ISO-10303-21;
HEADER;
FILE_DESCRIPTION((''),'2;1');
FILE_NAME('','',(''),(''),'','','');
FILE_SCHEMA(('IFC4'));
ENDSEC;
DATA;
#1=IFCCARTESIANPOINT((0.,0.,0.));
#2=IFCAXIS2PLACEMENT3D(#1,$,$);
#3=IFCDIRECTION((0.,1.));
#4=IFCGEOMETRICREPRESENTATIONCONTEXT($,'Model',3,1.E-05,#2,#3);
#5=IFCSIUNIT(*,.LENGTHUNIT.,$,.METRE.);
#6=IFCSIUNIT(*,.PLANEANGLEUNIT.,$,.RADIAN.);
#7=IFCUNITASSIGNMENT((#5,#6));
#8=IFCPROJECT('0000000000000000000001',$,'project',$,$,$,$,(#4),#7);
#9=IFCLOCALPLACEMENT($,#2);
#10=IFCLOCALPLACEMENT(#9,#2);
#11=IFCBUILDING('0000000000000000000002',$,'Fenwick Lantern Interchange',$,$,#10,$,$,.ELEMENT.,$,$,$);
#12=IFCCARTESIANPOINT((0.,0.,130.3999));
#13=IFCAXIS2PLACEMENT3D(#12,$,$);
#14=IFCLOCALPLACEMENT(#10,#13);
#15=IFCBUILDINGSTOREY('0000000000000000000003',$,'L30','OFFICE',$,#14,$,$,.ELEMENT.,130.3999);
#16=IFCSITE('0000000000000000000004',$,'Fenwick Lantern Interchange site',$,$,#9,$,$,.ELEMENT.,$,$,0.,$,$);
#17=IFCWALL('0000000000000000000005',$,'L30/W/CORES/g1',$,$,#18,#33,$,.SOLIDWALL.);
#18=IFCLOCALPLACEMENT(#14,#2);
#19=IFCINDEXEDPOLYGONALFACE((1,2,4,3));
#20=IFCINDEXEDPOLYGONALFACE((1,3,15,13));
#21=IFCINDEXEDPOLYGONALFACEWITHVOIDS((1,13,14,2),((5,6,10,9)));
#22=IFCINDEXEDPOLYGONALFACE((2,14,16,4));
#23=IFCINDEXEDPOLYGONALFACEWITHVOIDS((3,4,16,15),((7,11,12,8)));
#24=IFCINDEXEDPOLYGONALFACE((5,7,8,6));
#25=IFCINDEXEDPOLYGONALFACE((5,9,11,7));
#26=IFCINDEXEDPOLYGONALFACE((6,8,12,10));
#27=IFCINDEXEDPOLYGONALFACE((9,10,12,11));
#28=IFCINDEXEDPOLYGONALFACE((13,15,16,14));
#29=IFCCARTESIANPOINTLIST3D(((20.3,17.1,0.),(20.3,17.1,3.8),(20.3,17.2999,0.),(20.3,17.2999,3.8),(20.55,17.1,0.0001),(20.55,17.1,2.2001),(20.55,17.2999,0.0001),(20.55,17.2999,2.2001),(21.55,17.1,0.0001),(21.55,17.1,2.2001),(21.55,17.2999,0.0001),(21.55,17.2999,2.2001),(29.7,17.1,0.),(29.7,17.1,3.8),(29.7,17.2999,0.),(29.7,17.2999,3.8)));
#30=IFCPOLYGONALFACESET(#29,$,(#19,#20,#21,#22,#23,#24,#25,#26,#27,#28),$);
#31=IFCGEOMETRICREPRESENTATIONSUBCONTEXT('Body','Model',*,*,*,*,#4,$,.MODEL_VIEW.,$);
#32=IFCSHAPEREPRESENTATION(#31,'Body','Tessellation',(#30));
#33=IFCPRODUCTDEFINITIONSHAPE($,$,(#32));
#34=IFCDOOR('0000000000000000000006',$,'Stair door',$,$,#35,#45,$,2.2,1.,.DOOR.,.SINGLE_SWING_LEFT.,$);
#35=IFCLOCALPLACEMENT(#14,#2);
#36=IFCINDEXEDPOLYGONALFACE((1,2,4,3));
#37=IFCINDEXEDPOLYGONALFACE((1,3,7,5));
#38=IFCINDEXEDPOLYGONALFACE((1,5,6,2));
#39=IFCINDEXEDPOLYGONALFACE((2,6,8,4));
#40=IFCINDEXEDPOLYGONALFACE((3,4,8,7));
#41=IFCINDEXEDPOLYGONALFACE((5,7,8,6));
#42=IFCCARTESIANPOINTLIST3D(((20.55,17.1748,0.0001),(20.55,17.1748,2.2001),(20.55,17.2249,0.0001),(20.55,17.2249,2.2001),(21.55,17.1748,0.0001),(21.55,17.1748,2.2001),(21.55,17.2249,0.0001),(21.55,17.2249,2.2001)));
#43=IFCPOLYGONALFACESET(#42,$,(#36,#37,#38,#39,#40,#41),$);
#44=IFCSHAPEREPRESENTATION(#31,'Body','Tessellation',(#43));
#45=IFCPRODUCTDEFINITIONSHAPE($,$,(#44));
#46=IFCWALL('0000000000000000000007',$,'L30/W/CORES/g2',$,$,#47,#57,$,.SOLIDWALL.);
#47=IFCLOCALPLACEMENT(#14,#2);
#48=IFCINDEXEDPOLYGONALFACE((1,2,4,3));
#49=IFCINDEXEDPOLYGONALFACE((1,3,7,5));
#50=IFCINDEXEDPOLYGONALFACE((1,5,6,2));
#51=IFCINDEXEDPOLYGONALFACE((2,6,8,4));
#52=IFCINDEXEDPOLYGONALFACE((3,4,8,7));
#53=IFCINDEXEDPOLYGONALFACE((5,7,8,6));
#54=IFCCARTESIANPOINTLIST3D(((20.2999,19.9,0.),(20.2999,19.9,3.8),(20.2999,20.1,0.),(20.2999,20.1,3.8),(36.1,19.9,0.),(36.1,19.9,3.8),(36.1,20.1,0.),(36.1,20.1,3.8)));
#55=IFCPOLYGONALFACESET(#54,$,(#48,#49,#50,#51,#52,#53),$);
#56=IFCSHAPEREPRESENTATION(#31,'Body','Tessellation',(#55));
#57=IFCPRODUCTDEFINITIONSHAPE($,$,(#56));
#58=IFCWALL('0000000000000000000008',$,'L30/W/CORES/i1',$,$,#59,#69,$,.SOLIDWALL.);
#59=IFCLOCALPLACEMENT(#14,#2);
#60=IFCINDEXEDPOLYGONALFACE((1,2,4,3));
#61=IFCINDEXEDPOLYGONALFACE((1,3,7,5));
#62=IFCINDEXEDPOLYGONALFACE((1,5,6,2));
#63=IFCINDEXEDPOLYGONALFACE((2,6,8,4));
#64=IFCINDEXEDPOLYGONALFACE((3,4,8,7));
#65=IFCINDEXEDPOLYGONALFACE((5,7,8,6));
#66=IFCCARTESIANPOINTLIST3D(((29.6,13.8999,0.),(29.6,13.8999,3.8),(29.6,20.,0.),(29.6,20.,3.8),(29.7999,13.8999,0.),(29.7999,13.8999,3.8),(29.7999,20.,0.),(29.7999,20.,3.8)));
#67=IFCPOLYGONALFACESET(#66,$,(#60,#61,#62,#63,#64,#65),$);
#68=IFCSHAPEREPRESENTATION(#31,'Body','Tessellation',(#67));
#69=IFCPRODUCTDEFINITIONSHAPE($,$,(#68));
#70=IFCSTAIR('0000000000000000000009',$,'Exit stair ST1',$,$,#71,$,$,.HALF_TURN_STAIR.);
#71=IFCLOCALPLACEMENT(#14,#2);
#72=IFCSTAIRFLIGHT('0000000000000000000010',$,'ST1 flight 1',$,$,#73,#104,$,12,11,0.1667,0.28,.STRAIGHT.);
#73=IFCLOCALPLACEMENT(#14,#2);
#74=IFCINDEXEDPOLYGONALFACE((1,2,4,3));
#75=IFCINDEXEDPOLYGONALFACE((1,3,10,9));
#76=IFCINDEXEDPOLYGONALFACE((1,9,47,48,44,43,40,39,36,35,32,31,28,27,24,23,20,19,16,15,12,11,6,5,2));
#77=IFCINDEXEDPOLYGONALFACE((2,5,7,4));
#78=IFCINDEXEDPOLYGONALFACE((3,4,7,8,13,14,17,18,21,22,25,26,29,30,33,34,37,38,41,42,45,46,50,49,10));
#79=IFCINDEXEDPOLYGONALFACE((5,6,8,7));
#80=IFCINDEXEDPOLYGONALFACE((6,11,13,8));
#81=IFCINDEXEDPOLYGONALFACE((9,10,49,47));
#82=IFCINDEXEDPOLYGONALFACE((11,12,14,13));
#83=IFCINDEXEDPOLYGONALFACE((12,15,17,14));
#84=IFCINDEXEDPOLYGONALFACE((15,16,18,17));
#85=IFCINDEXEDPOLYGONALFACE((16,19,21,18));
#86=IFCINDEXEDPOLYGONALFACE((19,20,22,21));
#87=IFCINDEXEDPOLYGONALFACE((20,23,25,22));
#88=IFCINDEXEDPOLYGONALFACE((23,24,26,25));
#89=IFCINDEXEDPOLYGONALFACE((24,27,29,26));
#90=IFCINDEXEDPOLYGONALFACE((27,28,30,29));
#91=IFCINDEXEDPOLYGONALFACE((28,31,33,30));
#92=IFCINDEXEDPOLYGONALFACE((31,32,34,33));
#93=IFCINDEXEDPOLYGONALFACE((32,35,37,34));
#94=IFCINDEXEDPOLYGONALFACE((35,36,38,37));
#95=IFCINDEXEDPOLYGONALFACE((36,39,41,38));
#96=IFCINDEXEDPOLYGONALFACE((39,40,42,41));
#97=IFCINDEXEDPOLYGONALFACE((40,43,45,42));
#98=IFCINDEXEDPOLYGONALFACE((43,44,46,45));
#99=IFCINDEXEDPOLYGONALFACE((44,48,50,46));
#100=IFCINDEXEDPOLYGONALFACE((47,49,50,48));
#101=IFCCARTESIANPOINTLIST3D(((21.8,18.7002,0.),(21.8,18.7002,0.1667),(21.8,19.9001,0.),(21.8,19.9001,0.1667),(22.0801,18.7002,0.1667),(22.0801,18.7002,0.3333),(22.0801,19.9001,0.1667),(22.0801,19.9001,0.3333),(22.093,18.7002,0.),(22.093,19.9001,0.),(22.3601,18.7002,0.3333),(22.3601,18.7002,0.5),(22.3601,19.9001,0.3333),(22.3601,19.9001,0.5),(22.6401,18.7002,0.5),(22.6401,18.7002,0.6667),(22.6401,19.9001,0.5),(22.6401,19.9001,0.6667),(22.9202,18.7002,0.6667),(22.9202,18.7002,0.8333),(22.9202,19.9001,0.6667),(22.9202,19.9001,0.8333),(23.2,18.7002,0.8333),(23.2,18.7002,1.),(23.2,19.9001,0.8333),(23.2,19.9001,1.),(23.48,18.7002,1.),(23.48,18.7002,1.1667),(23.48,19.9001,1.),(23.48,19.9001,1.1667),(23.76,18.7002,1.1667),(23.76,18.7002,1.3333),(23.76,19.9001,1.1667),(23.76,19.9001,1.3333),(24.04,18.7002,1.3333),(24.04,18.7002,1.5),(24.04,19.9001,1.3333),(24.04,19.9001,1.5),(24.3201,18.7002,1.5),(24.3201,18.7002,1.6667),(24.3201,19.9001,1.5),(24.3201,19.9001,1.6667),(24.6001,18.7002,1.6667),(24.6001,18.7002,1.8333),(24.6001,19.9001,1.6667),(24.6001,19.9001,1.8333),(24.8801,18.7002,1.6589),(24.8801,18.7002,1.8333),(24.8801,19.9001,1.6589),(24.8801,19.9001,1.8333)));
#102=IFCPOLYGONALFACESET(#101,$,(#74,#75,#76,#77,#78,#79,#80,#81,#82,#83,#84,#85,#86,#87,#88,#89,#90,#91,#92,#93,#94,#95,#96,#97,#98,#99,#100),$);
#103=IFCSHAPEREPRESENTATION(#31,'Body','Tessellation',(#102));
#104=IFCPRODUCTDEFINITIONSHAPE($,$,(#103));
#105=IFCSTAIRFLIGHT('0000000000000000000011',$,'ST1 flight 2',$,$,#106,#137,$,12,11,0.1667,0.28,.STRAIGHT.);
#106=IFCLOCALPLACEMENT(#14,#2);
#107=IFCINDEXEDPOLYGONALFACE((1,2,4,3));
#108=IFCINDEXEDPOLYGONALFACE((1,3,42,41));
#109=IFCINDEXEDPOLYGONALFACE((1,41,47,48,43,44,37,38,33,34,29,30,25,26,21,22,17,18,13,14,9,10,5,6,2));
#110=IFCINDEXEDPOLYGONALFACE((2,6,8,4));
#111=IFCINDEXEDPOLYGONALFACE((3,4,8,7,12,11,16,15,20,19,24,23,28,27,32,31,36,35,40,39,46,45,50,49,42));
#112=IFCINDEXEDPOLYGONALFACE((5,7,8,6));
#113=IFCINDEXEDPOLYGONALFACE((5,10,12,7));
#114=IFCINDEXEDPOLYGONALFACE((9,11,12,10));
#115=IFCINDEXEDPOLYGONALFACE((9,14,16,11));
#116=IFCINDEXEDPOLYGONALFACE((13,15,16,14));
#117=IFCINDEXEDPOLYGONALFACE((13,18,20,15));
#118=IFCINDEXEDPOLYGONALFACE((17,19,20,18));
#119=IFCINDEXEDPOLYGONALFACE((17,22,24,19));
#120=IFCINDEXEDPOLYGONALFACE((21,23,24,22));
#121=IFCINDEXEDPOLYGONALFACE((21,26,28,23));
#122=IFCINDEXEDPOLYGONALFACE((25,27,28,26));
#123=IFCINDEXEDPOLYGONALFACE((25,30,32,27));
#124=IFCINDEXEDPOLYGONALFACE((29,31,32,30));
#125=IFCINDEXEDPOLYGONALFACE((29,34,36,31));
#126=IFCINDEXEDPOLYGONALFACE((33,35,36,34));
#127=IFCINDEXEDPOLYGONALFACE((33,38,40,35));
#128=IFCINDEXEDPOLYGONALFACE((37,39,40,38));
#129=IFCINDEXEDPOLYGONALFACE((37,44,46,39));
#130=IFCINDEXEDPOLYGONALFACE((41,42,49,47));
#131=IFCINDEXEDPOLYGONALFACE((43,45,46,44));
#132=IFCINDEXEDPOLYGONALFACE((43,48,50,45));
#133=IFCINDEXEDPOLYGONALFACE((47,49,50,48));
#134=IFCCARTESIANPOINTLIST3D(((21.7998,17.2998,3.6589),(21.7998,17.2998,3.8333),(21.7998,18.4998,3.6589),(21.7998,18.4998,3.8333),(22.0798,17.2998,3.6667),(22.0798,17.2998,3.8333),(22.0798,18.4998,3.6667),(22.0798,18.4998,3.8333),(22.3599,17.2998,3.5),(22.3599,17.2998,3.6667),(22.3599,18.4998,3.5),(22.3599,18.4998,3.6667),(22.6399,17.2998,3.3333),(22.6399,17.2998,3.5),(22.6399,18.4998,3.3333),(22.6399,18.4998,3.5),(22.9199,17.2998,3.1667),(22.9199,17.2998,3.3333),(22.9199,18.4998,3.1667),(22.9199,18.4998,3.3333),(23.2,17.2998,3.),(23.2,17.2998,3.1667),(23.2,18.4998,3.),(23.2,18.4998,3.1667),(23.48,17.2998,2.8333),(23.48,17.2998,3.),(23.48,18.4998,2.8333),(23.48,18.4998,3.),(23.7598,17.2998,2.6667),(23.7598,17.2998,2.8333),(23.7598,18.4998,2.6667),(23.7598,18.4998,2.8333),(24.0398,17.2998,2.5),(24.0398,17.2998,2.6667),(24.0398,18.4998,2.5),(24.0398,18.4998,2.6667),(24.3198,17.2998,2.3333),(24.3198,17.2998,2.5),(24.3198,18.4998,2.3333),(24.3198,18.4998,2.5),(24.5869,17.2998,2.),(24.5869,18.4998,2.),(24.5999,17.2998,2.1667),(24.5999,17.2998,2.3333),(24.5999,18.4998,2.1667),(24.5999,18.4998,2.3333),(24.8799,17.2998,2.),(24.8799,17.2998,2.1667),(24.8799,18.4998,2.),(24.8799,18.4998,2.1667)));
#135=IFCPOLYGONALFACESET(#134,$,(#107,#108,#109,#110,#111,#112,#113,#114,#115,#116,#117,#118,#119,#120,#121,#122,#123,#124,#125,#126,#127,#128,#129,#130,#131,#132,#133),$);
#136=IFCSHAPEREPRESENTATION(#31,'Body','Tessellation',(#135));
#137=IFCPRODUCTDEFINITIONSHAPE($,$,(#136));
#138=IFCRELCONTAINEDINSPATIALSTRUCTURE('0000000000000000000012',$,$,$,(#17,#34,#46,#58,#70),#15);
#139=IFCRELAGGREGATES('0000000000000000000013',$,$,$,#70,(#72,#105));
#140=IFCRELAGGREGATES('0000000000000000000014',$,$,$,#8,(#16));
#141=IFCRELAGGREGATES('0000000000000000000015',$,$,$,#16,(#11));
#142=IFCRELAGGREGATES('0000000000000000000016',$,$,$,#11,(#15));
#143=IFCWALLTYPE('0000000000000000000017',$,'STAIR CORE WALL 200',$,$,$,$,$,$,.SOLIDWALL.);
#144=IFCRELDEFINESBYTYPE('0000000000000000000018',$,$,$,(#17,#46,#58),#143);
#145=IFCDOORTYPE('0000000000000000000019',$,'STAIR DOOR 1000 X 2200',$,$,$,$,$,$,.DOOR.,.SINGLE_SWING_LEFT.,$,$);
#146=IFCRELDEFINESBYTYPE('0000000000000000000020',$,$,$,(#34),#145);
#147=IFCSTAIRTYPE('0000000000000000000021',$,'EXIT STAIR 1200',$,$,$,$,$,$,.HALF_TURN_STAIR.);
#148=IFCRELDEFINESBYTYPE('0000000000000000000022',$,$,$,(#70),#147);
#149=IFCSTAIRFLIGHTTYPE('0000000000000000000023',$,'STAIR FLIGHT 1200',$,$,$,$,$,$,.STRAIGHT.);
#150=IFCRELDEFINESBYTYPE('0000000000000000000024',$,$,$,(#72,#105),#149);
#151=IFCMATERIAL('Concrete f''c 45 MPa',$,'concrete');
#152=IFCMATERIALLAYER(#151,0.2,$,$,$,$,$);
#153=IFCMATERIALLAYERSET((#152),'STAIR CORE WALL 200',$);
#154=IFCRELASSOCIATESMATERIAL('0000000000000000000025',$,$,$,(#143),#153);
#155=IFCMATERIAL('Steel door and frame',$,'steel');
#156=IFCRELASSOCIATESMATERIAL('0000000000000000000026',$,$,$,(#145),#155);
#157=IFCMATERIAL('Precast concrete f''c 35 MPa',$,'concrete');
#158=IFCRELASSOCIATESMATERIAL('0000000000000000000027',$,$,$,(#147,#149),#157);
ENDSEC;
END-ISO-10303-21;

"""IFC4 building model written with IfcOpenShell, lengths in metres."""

from ifc_helpers import new_model, si_unit, direction, frame, frame_2d, origin, place, context, subcontext, project, spatial, polyline, rectangle, outline, extrude, material, layer, layer_set, type_object, element, fill, aggregate, save


model = new_model("IFC4")

# Units and contexts
model_context = context("Model", 3, precision=1e-05, world=origin(), true_north=direction((0.0, 1.0)))
body_context = subcontext(model_context, "Body", "Model", "MODEL_VIEW")
ifc_project = project(units=[si_unit("LENGTHUNIT", "METRE"), si_unit("PLANEANGLEUNIT", "RADIAN")], contexts=[model_context])

# Site, building, storey
site_placement = place(None, origin())
site = spatial("IfcSite", under=ifc_project, at=site_placement, Name="Fenwick Lantern Interchange site", CompositionType="ELEMENT", RefElevation=0.0)
building_placement = place(site_placement, origin())
building = spatial("IfcBuilding", under=site, at=building_placement, Name="Fenwick Lantern Interchange", CompositionType="ELEMENT")
storey_placement = place(building_placement, frame((0.0, 0.0, 130.3999)))
storey = spatial("IfcBuildingStorey", under=building, at=storey_placement, Name="L30", Description="OFFICE", CompositionType="ELEMENT", Elevation=130.3999)

# Shared definitions
ifc_material_1 = material(Name="Steel door and frame", Category="steel")

# Shared definitions
ifc_material_2 = material(Name="Concrete f'c 45 MPa", Category="concrete")
ifc_layer_1 = layer(ifc_material_2, 0.2)
ifc_layer_set_1 = layer_set([ifc_layer_1], Name="STAIR CORE WALL 200")
wall_type_1 = type_object("IfcWallType", Name="STAIR CORE WALL 200", PredefinedType="SOLIDWALL", material=ifc_layer_set_1)

# Wall, opening, door
wall_1_placement = place(storey_placement, frame((20.3, 17.2, 0.0), z_axis=(0.0, 0.0, 1.0), x_axis=(1.0, 0.0, 0.0)))
wall_1 = element("IfcWall", 1, at=wall_1_placement, inside=storey, type_object=wall_type_1, Name="L30/W/CORES/g1", PredefinedType="SOLIDWALL", context=body_context, shape_type="SweptSolid", body=[
    extrude(rectangle(XDim=9.3999, YDim=0.2, at=frame_2d((4.7, 0.0))), origin(), (0.0, 0.0, 1.0), 3.8),
])
opening_1_placement = place(wall_1_placement, frame((0.25, 0.0, 0.0)))
opening_1 = element("IfcOpeningElement", 2, at=opening_1_placement, cuts=wall_1, PredefinedType="OPENING", context=body_context, shape_type="SweptSolid", body=[
    extrude(rectangle(XDim=1.0, YDim=2.2, at=frame_2d((0.5, 1.1001))), frame((0.0, 0.1099, 0.0), z_axis=(0.0, -1.0, 0.0), x_axis=(1.0, 0.0, 0.0)), (0.0, 0.0, 1.0), 0.22),
])
door_type_1 = type_object("IfcDoorType", Name="STAIR DOOR 1000 X 2200", OperationType="SINGLE_SWING_LEFT", PredefinedType="DOOR", material=ifc_material_1)
door_1_placement = place(opening_1_placement, origin())
door_1 = element("IfcDoor", 3, at=door_1_placement, inside=storey, type_object=door_type_1, Name="Stair door", OperationType="SINGLE_SWING_LEFT", OverallHeight=2.2, OverallWidth=1.0, PredefinedType="DOOR", context=body_context, shape_type="SweptSolid", body=[
    extrude(rectangle(XDim=1.0, YDim=2.2, at=frame_2d((0.5, 1.1001))), frame((0.0, 0.0249, 0.0), z_axis=(0.0, -1.0, 0.0), x_axis=(1.0, 0.0, 0.0)), (0.0, 0.0, 1.0), 0.05),
])
fill(opening_1, door_1)

# Walls
wall_2_placement = place(storey_placement, frame((20.3, 20.0, 0.0), z_axis=(0.0, 0.0, 1.0), x_axis=(1.0, 0.0, 0.0)))
element("IfcWall", 4, at=wall_2_placement, inside=storey, type_object=wall_type_1, Name="L30/W/CORES/g2", PredefinedType="SOLIDWALL", context=body_context, shape_type="SweptSolid", body=[
    extrude(rectangle(XDim=15.8, YDim=0.2, at=frame_2d((7.8999, 0.0))), origin(), (0.0, 0.0, 1.0), 3.8),
])
wall_3_placement = place(storey_placement, frame((29.7, 13.8999, 0.0), z_axis=(0.0, 0.0, 1.0), x_axis=(0.0, 1.0, 0.0)))
element("IfcWall", 5, at=wall_3_placement, inside=storey, type_object=wall_type_1, Name="L30/W/CORES/i1", PredefinedType="SOLIDWALL", context=body_context, shape_type="SweptSolid", body=[
    extrude(rectangle(XDim=6.1001, YDim=0.2, at=frame_2d((3.05, 0.0))), origin(), (0.0, 0.0, 1.0), 3.8),
])

# Stair, stair flights
ifc_material_3 = material(Name="Precast concrete f'c 35 MPa", Category="concrete")
stair_type = type_object("IfcStairType", Name="EXIT STAIR 1200", PredefinedType="HALF_TURN_STAIR", material=ifc_material_3)
stair_placement = place(storey_placement, origin())
stair = element("IfcStair", 6, at=stair_placement, inside=storey, type_object=stair_type, Name="Exit stair ST1", PredefinedType="HALF_TURN_STAIR")
stair_flight_type = type_object("IfcStairFlightType", Name="STAIR FLIGHT 1200", PredefinedType="STRAIGHT", material=ifc_material_3)
stair_flight_1_placement = place(storey_placement, frame((21.8, 19.3, 0.0), z_axis=(0.0, 0.0, 1.0), x_axis=(1.0, 0.0, 0.0)))
stair_flight_1 = element("IfcStairFlight", 7, at=stair_flight_1_placement, type_object=stair_flight_type, Name="ST1 flight 1", NumberOfRisers=12, NumberOfTreads=11, PredefinedType="STRAIGHT", RiserHeight=0.1667, TreadLength=0.28, context=body_context, shape_type="SweptSolid", body=[
    extrude(outline(polyline([(0.0, 0.0), (0.0, 0.1667), (0.28, 0.1667), (0.28, 0.3333), (0.5601, 0.3333), (0.5601, 0.5), (0.8401, 0.5), (0.8401, 0.6667), (1.1201, 0.6667), (1.1201, 0.8333), (1.3999, 0.8333), (1.3999, 1.0), (1.6799, 1.0), (1.6799, 1.1667), (1.96, 1.1667), (1.96, 1.3333), (2.24, 1.3333), (2.24, 1.5), (2.52, 1.5), (2.52, 1.6667), (2.8, 1.6667), (2.8, 1.8333), (3.0801, 1.8333), (3.0801, 2.0), (3.0801, 1.6589), (0.293, 0.0), (0.0, 0.0)])), frame((0.0, 0.6001, 0.0), z_axis=(0.0, -1.0, 0.0), x_axis=(1.0, 0.0, 0.0)), (0.0, 0.0, 1.0), 1.2),
])
stair_flight_2_placement = place(storey_placement, frame((24.8799, 17.8999, 2.0), z_axis=(0.0, 0.0, 1.0), x_axis=(-1.0, 0.0, 0.0)))
stair_flight_2 = element("IfcStairFlight", 8, at=stair_flight_2_placement, type_object=stair_flight_type, Name="ST1 flight 2", NumberOfRisers=12, NumberOfTreads=11, PredefinedType="STRAIGHT", RiserHeight=0.1667, TreadLength=0.28, context=body_context, shape_type="SweptSolid", body=[
    extrude(outline(polyline([(0.0, 0.0), (0.0, 0.1667), (0.28, 0.1667), (0.28, 0.3333), (0.5601, 0.3333), (0.5601, 0.5), (0.8401, 0.5), (0.8401, 0.6667), (1.1201, 0.6667), (1.1201, 0.8333), (1.3999, 0.8333), (1.3999, 1.0), (1.6799, 1.0), (1.6799, 1.1667), (1.96, 1.1667), (1.96, 1.3333), (2.24, 1.3333), (2.24, 1.5), (2.52, 1.5), (2.52, 1.6667), (2.8, 1.6667), (2.8, 1.8333), (3.0801, 1.8333), (3.0801, 2.0), (3.0801, 1.6589), (0.293, 0.0), (0.0, 0.0)])), frame((0.0, 0.6001, 0.0), z_axis=(0.0, -1.0, 0.0), x_axis=(1.0, 0.0, 0.0)), (0.0, 0.0, 1.0), 1.2),
])
aggregate(stair, [stair_flight_1, stair_flight_2])

save(model, "model.ifc")
